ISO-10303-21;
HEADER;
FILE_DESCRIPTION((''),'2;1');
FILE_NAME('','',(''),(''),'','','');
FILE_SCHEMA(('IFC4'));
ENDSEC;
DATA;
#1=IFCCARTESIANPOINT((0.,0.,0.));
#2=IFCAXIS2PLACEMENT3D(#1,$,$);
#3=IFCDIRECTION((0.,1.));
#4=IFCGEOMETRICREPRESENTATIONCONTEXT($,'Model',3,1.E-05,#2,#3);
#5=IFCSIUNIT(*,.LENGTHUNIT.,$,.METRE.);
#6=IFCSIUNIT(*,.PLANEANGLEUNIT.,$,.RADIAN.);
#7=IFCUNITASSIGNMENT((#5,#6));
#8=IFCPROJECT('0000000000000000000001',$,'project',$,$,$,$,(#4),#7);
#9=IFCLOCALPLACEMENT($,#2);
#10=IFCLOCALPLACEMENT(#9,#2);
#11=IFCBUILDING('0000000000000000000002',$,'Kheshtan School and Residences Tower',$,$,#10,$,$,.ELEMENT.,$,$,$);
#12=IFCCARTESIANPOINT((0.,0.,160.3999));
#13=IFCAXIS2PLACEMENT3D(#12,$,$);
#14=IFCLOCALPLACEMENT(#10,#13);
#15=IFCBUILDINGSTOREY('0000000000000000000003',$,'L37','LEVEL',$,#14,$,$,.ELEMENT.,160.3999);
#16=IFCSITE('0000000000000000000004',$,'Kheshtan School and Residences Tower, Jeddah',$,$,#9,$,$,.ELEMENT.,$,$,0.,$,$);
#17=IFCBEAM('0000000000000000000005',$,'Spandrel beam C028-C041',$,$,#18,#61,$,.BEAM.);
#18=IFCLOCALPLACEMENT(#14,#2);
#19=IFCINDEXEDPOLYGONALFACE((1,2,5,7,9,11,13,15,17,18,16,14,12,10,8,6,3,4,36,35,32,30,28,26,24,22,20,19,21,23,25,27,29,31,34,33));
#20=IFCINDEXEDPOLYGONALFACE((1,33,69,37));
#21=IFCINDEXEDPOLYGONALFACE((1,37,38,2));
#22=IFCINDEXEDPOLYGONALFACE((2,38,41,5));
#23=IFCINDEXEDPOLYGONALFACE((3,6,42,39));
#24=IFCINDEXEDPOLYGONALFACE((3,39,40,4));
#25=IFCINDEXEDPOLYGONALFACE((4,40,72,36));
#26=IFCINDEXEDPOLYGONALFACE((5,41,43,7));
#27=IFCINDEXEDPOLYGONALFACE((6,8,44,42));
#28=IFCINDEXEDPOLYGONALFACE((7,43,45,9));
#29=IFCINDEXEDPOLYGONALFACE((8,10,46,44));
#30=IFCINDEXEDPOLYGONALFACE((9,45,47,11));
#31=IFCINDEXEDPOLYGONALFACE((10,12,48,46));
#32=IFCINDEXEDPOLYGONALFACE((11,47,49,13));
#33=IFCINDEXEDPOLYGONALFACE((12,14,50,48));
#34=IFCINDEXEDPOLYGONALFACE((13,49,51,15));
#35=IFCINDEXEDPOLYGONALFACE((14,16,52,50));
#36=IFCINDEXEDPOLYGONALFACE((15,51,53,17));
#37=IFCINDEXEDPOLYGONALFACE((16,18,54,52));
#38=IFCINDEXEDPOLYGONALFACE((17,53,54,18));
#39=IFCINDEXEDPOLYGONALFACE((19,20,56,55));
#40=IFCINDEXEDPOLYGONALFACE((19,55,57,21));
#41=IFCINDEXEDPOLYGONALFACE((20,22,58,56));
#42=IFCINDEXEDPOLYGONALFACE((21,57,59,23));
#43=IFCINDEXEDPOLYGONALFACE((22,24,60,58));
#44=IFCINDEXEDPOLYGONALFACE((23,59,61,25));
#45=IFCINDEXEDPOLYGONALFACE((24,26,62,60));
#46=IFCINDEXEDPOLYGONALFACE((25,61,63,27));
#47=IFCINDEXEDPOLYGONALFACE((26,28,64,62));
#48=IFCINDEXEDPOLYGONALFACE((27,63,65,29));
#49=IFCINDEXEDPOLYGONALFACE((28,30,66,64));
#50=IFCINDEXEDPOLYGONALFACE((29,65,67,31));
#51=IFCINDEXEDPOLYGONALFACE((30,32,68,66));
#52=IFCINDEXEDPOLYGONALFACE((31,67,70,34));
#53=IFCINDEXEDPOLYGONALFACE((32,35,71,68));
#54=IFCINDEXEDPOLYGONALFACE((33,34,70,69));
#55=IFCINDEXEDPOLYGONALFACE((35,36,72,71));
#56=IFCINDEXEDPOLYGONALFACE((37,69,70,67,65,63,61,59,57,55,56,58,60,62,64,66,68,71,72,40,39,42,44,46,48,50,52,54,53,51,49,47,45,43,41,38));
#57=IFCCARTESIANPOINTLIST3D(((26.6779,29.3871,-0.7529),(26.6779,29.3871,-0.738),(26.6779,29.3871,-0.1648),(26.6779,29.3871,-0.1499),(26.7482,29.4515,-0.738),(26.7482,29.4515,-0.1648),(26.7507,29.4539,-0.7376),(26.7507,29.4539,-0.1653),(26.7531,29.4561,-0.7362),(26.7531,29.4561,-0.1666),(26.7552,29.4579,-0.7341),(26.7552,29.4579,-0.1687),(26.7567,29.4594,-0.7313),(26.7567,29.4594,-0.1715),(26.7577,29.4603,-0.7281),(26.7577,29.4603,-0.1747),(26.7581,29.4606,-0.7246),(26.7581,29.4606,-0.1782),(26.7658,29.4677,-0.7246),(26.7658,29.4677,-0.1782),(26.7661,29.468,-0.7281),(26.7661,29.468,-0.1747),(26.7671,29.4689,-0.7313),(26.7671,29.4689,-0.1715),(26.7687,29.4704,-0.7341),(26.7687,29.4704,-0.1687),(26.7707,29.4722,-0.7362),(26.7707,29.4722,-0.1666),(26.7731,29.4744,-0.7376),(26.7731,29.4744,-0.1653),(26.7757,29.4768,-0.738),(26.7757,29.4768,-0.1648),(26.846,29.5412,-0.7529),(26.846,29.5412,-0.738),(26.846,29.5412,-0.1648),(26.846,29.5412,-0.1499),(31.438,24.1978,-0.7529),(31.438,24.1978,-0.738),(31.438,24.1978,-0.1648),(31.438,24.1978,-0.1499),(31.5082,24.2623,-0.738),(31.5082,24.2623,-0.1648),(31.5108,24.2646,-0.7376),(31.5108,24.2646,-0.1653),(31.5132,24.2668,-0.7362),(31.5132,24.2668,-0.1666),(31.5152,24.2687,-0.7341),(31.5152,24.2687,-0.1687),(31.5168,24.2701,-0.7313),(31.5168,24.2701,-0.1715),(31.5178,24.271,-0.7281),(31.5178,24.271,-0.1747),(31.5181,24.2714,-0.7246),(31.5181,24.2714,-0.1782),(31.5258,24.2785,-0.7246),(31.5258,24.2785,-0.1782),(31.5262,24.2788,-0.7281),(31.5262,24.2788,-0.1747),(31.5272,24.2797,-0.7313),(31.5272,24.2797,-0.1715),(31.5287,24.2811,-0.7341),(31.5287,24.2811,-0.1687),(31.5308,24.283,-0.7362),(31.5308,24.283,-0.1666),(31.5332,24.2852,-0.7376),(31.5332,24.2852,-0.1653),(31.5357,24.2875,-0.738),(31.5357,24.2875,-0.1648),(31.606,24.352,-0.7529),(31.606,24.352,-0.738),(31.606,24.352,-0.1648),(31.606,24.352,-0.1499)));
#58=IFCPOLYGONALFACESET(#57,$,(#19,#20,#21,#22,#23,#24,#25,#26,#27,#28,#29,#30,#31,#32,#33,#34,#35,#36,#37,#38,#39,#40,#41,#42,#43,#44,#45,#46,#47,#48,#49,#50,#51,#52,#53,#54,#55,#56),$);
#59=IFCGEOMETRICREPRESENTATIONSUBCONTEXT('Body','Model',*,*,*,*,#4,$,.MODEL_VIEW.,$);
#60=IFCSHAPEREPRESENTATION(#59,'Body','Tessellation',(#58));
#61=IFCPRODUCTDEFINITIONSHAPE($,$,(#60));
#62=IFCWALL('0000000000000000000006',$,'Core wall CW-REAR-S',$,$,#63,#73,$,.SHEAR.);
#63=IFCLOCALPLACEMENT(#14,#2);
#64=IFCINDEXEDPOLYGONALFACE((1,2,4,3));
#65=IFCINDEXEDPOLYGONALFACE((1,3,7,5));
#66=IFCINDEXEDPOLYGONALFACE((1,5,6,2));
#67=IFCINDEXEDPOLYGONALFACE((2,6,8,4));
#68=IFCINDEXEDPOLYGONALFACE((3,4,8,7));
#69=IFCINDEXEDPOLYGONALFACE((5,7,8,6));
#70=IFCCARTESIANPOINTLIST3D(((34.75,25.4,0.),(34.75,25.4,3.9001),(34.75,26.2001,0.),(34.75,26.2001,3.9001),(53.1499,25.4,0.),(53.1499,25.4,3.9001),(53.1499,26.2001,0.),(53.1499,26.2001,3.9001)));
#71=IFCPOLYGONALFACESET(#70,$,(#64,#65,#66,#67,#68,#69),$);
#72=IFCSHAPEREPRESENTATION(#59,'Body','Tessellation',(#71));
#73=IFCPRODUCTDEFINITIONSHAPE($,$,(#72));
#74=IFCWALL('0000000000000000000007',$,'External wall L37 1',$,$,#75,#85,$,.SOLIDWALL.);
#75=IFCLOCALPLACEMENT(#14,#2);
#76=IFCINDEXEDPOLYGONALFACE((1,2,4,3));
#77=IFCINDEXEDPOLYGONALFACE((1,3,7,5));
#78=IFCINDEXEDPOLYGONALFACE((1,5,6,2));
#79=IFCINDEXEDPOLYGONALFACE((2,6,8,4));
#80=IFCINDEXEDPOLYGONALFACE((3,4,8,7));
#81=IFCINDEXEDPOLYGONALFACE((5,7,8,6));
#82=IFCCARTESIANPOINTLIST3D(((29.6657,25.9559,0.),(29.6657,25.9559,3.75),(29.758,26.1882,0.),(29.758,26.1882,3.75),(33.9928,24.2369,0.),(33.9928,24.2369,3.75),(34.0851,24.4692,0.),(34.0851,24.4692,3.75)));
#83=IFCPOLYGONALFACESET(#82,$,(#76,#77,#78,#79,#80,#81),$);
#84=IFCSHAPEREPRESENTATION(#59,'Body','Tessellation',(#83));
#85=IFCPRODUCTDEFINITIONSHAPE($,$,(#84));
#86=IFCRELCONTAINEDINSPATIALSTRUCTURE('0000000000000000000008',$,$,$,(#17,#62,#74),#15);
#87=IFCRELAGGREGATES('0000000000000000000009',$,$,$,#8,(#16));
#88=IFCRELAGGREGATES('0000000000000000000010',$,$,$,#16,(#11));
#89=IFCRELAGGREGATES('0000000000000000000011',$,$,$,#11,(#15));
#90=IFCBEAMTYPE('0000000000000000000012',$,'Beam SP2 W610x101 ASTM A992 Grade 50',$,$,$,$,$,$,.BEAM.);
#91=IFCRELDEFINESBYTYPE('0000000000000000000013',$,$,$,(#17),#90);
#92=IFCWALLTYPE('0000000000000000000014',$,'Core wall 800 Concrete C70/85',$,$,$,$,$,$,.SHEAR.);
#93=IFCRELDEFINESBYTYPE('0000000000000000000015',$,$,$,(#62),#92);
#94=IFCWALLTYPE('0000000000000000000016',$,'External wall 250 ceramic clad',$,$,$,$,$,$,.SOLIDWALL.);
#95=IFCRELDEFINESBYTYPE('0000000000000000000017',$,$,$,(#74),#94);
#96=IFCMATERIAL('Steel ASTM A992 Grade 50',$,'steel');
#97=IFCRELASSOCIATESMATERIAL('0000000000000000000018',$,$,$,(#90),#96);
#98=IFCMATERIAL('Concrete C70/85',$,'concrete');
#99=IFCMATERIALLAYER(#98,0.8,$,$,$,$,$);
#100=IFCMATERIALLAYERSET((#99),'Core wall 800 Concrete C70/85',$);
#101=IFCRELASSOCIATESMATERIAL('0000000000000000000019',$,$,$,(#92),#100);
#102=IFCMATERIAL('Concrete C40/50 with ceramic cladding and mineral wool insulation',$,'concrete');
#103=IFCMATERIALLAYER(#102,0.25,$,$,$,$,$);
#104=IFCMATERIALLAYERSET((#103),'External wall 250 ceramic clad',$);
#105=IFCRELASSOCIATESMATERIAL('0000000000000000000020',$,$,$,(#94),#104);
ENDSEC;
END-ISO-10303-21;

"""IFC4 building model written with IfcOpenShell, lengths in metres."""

from ifc_helpers import new_model, si_unit, direction, frame, frame_2d, origin, origin_2d, place, context, subcontext, project, spatial, rectangle, i_section, extrude, material, layer, layer_set, material_profile, profile_set, type_object, element, save


model = new_model("IFC4")

# Units and contexts
model_context = context("Model", 3, precision=1e-05, world=origin(), true_north=direction((0.0, 1.0)))
body_context = subcontext(model_context, "Body", "Model", "MODEL_VIEW")
ifc_project = project(units=[si_unit("LENGTHUNIT", "METRE"), si_unit("PLANEANGLEUNIT", "RADIAN")], contexts=[model_context])

# Site, building, storey
site_placement = place(None, origin())
site = spatial("IfcSite", under=ifc_project, at=site_placement, Name="Kheshtan School and Residences Tower, Jeddah", CompositionType="ELEMENT", RefElevation=0.0)
building_placement = place(site_placement, origin())
building = spatial("IfcBuilding", under=site, at=building_placement, Name="Kheshtan School and Residences Tower", CompositionType="ELEMENT")
storey_placement = place(building_placement, frame((0.0, 0.0, 160.3999)))
storey = spatial("IfcBuildingStorey", under=building, at=storey_placement, Name="L37", Description="LEVEL", CompositionType="ELEMENT", Elevation=160.3999)

# Shared definitions
ifc_material_1 = material(Name="Steel ASTM A992 Grade 50", Category="steel")

# Beam
ifc_material_profile_1 = material_profile(ifc_material_1, i_section(OverallWidth=0.228, OverallDepth=0.603, WebThickness=0.0105, FlangeThickness=0.0149, FilletRadius=0.0134, at=origin_2d()), Name="W610x101")
ifc_profile_set_1 = profile_set([ifc_material_profile_1], Name="Steel ASTM A992 Grade 50")
beam_type_1 = type_object("IfcBeamType", Name="Beam SP2 W610x101 ASTM A992 Grade 50", PredefinedType="BEAM", material=ifc_profile_set_1)
beam_1_placement = place(storey_placement, frame((31.522, 24.2749, -0.4514), z_axis=(-0.675974, 0.736925, 0.0), x_axis=(-0.736925, -0.675974, 0.0)))
element("IfcBeam", 1, at=beam_1_placement, inside=storey, type_object=beam_type_1, Name="Spandrel beam C028-C041", PredefinedType="BEAM", context=body_context, shape_type="SweptSolid", body=[
    extrude(i_section(OverallWidth=0.228, OverallDepth=0.603, WebThickness=0.0105, FlangeThickness=0.0149, FilletRadius=0.0134, at=origin_2d()), origin(), (0.0, 0.0, 1.0), 7.0417),
])

# Walls
ifc_material_2 = material(Name="Concrete C70/85", Category="concrete")
ifc_layer_1 = layer(ifc_material_2, 0.8)
ifc_layer_set_1 = layer_set([ifc_layer_1], Name="Core wall 800 Concrete C70/85")
wall_type_1 = type_object("IfcWallType", Name="Core wall 800 Concrete C70/85", PredefinedType="SHEAR", material=ifc_layer_set_1)
wall_1_placement = place(storey_placement, frame((34.75, 25.8, 0.0), z_axis=(0.0, 0.0, 1.0), x_axis=(1.0, 0.0, 0.0)))
element("IfcWall", 2, at=wall_1_placement, inside=storey, type_object=wall_type_1, Name="Core wall CW-REAR-S", PredefinedType="SHEAR", context=body_context, shape_type="SweptSolid", body=[
    extrude(rectangle(XDim=18.3999, YDim=0.8, at=frame_2d((9.2, 0.0))), origin(), (0.0, 0.0, 1.0), 3.9001),
])
ifc_material_3 = material(Name="Concrete C40/50 with ceramic cladding and mineral wool insulation", Category="concrete")
ifc_layer_2 = layer(ifc_material_3, 0.25)
ifc_layer_set_2 = layer_set([ifc_layer_2], Name="External wall 250 ceramic clad")
wall_type_2 = type_object("IfcWallType", Name="External wall 250 ceramic clad", PredefinedType="SOLIDWALL", material=ifc_layer_set_2)
wall_2_placement = place(storey_placement, frame((34.0391, 24.353, 0.0), z_axis=(0.0, 0.0, 1.0), x_axis=(-0.929353, 0.369193, 0.0)))
element("IfcWall", 3, at=wall_2_placement, inside=storey, type_object=wall_type_2, Name="External wall L37 1", PredefinedType="SOLIDWALL", context=body_context, shape_type="SweptSolid", body=[
    extrude(rectangle(XDim=4.656, YDim=0.25, at=frame_2d((2.3281, 0.0))), origin(), (0.0, 0.0, 1.0), 3.75),
])

save(model, "model.ifc")
